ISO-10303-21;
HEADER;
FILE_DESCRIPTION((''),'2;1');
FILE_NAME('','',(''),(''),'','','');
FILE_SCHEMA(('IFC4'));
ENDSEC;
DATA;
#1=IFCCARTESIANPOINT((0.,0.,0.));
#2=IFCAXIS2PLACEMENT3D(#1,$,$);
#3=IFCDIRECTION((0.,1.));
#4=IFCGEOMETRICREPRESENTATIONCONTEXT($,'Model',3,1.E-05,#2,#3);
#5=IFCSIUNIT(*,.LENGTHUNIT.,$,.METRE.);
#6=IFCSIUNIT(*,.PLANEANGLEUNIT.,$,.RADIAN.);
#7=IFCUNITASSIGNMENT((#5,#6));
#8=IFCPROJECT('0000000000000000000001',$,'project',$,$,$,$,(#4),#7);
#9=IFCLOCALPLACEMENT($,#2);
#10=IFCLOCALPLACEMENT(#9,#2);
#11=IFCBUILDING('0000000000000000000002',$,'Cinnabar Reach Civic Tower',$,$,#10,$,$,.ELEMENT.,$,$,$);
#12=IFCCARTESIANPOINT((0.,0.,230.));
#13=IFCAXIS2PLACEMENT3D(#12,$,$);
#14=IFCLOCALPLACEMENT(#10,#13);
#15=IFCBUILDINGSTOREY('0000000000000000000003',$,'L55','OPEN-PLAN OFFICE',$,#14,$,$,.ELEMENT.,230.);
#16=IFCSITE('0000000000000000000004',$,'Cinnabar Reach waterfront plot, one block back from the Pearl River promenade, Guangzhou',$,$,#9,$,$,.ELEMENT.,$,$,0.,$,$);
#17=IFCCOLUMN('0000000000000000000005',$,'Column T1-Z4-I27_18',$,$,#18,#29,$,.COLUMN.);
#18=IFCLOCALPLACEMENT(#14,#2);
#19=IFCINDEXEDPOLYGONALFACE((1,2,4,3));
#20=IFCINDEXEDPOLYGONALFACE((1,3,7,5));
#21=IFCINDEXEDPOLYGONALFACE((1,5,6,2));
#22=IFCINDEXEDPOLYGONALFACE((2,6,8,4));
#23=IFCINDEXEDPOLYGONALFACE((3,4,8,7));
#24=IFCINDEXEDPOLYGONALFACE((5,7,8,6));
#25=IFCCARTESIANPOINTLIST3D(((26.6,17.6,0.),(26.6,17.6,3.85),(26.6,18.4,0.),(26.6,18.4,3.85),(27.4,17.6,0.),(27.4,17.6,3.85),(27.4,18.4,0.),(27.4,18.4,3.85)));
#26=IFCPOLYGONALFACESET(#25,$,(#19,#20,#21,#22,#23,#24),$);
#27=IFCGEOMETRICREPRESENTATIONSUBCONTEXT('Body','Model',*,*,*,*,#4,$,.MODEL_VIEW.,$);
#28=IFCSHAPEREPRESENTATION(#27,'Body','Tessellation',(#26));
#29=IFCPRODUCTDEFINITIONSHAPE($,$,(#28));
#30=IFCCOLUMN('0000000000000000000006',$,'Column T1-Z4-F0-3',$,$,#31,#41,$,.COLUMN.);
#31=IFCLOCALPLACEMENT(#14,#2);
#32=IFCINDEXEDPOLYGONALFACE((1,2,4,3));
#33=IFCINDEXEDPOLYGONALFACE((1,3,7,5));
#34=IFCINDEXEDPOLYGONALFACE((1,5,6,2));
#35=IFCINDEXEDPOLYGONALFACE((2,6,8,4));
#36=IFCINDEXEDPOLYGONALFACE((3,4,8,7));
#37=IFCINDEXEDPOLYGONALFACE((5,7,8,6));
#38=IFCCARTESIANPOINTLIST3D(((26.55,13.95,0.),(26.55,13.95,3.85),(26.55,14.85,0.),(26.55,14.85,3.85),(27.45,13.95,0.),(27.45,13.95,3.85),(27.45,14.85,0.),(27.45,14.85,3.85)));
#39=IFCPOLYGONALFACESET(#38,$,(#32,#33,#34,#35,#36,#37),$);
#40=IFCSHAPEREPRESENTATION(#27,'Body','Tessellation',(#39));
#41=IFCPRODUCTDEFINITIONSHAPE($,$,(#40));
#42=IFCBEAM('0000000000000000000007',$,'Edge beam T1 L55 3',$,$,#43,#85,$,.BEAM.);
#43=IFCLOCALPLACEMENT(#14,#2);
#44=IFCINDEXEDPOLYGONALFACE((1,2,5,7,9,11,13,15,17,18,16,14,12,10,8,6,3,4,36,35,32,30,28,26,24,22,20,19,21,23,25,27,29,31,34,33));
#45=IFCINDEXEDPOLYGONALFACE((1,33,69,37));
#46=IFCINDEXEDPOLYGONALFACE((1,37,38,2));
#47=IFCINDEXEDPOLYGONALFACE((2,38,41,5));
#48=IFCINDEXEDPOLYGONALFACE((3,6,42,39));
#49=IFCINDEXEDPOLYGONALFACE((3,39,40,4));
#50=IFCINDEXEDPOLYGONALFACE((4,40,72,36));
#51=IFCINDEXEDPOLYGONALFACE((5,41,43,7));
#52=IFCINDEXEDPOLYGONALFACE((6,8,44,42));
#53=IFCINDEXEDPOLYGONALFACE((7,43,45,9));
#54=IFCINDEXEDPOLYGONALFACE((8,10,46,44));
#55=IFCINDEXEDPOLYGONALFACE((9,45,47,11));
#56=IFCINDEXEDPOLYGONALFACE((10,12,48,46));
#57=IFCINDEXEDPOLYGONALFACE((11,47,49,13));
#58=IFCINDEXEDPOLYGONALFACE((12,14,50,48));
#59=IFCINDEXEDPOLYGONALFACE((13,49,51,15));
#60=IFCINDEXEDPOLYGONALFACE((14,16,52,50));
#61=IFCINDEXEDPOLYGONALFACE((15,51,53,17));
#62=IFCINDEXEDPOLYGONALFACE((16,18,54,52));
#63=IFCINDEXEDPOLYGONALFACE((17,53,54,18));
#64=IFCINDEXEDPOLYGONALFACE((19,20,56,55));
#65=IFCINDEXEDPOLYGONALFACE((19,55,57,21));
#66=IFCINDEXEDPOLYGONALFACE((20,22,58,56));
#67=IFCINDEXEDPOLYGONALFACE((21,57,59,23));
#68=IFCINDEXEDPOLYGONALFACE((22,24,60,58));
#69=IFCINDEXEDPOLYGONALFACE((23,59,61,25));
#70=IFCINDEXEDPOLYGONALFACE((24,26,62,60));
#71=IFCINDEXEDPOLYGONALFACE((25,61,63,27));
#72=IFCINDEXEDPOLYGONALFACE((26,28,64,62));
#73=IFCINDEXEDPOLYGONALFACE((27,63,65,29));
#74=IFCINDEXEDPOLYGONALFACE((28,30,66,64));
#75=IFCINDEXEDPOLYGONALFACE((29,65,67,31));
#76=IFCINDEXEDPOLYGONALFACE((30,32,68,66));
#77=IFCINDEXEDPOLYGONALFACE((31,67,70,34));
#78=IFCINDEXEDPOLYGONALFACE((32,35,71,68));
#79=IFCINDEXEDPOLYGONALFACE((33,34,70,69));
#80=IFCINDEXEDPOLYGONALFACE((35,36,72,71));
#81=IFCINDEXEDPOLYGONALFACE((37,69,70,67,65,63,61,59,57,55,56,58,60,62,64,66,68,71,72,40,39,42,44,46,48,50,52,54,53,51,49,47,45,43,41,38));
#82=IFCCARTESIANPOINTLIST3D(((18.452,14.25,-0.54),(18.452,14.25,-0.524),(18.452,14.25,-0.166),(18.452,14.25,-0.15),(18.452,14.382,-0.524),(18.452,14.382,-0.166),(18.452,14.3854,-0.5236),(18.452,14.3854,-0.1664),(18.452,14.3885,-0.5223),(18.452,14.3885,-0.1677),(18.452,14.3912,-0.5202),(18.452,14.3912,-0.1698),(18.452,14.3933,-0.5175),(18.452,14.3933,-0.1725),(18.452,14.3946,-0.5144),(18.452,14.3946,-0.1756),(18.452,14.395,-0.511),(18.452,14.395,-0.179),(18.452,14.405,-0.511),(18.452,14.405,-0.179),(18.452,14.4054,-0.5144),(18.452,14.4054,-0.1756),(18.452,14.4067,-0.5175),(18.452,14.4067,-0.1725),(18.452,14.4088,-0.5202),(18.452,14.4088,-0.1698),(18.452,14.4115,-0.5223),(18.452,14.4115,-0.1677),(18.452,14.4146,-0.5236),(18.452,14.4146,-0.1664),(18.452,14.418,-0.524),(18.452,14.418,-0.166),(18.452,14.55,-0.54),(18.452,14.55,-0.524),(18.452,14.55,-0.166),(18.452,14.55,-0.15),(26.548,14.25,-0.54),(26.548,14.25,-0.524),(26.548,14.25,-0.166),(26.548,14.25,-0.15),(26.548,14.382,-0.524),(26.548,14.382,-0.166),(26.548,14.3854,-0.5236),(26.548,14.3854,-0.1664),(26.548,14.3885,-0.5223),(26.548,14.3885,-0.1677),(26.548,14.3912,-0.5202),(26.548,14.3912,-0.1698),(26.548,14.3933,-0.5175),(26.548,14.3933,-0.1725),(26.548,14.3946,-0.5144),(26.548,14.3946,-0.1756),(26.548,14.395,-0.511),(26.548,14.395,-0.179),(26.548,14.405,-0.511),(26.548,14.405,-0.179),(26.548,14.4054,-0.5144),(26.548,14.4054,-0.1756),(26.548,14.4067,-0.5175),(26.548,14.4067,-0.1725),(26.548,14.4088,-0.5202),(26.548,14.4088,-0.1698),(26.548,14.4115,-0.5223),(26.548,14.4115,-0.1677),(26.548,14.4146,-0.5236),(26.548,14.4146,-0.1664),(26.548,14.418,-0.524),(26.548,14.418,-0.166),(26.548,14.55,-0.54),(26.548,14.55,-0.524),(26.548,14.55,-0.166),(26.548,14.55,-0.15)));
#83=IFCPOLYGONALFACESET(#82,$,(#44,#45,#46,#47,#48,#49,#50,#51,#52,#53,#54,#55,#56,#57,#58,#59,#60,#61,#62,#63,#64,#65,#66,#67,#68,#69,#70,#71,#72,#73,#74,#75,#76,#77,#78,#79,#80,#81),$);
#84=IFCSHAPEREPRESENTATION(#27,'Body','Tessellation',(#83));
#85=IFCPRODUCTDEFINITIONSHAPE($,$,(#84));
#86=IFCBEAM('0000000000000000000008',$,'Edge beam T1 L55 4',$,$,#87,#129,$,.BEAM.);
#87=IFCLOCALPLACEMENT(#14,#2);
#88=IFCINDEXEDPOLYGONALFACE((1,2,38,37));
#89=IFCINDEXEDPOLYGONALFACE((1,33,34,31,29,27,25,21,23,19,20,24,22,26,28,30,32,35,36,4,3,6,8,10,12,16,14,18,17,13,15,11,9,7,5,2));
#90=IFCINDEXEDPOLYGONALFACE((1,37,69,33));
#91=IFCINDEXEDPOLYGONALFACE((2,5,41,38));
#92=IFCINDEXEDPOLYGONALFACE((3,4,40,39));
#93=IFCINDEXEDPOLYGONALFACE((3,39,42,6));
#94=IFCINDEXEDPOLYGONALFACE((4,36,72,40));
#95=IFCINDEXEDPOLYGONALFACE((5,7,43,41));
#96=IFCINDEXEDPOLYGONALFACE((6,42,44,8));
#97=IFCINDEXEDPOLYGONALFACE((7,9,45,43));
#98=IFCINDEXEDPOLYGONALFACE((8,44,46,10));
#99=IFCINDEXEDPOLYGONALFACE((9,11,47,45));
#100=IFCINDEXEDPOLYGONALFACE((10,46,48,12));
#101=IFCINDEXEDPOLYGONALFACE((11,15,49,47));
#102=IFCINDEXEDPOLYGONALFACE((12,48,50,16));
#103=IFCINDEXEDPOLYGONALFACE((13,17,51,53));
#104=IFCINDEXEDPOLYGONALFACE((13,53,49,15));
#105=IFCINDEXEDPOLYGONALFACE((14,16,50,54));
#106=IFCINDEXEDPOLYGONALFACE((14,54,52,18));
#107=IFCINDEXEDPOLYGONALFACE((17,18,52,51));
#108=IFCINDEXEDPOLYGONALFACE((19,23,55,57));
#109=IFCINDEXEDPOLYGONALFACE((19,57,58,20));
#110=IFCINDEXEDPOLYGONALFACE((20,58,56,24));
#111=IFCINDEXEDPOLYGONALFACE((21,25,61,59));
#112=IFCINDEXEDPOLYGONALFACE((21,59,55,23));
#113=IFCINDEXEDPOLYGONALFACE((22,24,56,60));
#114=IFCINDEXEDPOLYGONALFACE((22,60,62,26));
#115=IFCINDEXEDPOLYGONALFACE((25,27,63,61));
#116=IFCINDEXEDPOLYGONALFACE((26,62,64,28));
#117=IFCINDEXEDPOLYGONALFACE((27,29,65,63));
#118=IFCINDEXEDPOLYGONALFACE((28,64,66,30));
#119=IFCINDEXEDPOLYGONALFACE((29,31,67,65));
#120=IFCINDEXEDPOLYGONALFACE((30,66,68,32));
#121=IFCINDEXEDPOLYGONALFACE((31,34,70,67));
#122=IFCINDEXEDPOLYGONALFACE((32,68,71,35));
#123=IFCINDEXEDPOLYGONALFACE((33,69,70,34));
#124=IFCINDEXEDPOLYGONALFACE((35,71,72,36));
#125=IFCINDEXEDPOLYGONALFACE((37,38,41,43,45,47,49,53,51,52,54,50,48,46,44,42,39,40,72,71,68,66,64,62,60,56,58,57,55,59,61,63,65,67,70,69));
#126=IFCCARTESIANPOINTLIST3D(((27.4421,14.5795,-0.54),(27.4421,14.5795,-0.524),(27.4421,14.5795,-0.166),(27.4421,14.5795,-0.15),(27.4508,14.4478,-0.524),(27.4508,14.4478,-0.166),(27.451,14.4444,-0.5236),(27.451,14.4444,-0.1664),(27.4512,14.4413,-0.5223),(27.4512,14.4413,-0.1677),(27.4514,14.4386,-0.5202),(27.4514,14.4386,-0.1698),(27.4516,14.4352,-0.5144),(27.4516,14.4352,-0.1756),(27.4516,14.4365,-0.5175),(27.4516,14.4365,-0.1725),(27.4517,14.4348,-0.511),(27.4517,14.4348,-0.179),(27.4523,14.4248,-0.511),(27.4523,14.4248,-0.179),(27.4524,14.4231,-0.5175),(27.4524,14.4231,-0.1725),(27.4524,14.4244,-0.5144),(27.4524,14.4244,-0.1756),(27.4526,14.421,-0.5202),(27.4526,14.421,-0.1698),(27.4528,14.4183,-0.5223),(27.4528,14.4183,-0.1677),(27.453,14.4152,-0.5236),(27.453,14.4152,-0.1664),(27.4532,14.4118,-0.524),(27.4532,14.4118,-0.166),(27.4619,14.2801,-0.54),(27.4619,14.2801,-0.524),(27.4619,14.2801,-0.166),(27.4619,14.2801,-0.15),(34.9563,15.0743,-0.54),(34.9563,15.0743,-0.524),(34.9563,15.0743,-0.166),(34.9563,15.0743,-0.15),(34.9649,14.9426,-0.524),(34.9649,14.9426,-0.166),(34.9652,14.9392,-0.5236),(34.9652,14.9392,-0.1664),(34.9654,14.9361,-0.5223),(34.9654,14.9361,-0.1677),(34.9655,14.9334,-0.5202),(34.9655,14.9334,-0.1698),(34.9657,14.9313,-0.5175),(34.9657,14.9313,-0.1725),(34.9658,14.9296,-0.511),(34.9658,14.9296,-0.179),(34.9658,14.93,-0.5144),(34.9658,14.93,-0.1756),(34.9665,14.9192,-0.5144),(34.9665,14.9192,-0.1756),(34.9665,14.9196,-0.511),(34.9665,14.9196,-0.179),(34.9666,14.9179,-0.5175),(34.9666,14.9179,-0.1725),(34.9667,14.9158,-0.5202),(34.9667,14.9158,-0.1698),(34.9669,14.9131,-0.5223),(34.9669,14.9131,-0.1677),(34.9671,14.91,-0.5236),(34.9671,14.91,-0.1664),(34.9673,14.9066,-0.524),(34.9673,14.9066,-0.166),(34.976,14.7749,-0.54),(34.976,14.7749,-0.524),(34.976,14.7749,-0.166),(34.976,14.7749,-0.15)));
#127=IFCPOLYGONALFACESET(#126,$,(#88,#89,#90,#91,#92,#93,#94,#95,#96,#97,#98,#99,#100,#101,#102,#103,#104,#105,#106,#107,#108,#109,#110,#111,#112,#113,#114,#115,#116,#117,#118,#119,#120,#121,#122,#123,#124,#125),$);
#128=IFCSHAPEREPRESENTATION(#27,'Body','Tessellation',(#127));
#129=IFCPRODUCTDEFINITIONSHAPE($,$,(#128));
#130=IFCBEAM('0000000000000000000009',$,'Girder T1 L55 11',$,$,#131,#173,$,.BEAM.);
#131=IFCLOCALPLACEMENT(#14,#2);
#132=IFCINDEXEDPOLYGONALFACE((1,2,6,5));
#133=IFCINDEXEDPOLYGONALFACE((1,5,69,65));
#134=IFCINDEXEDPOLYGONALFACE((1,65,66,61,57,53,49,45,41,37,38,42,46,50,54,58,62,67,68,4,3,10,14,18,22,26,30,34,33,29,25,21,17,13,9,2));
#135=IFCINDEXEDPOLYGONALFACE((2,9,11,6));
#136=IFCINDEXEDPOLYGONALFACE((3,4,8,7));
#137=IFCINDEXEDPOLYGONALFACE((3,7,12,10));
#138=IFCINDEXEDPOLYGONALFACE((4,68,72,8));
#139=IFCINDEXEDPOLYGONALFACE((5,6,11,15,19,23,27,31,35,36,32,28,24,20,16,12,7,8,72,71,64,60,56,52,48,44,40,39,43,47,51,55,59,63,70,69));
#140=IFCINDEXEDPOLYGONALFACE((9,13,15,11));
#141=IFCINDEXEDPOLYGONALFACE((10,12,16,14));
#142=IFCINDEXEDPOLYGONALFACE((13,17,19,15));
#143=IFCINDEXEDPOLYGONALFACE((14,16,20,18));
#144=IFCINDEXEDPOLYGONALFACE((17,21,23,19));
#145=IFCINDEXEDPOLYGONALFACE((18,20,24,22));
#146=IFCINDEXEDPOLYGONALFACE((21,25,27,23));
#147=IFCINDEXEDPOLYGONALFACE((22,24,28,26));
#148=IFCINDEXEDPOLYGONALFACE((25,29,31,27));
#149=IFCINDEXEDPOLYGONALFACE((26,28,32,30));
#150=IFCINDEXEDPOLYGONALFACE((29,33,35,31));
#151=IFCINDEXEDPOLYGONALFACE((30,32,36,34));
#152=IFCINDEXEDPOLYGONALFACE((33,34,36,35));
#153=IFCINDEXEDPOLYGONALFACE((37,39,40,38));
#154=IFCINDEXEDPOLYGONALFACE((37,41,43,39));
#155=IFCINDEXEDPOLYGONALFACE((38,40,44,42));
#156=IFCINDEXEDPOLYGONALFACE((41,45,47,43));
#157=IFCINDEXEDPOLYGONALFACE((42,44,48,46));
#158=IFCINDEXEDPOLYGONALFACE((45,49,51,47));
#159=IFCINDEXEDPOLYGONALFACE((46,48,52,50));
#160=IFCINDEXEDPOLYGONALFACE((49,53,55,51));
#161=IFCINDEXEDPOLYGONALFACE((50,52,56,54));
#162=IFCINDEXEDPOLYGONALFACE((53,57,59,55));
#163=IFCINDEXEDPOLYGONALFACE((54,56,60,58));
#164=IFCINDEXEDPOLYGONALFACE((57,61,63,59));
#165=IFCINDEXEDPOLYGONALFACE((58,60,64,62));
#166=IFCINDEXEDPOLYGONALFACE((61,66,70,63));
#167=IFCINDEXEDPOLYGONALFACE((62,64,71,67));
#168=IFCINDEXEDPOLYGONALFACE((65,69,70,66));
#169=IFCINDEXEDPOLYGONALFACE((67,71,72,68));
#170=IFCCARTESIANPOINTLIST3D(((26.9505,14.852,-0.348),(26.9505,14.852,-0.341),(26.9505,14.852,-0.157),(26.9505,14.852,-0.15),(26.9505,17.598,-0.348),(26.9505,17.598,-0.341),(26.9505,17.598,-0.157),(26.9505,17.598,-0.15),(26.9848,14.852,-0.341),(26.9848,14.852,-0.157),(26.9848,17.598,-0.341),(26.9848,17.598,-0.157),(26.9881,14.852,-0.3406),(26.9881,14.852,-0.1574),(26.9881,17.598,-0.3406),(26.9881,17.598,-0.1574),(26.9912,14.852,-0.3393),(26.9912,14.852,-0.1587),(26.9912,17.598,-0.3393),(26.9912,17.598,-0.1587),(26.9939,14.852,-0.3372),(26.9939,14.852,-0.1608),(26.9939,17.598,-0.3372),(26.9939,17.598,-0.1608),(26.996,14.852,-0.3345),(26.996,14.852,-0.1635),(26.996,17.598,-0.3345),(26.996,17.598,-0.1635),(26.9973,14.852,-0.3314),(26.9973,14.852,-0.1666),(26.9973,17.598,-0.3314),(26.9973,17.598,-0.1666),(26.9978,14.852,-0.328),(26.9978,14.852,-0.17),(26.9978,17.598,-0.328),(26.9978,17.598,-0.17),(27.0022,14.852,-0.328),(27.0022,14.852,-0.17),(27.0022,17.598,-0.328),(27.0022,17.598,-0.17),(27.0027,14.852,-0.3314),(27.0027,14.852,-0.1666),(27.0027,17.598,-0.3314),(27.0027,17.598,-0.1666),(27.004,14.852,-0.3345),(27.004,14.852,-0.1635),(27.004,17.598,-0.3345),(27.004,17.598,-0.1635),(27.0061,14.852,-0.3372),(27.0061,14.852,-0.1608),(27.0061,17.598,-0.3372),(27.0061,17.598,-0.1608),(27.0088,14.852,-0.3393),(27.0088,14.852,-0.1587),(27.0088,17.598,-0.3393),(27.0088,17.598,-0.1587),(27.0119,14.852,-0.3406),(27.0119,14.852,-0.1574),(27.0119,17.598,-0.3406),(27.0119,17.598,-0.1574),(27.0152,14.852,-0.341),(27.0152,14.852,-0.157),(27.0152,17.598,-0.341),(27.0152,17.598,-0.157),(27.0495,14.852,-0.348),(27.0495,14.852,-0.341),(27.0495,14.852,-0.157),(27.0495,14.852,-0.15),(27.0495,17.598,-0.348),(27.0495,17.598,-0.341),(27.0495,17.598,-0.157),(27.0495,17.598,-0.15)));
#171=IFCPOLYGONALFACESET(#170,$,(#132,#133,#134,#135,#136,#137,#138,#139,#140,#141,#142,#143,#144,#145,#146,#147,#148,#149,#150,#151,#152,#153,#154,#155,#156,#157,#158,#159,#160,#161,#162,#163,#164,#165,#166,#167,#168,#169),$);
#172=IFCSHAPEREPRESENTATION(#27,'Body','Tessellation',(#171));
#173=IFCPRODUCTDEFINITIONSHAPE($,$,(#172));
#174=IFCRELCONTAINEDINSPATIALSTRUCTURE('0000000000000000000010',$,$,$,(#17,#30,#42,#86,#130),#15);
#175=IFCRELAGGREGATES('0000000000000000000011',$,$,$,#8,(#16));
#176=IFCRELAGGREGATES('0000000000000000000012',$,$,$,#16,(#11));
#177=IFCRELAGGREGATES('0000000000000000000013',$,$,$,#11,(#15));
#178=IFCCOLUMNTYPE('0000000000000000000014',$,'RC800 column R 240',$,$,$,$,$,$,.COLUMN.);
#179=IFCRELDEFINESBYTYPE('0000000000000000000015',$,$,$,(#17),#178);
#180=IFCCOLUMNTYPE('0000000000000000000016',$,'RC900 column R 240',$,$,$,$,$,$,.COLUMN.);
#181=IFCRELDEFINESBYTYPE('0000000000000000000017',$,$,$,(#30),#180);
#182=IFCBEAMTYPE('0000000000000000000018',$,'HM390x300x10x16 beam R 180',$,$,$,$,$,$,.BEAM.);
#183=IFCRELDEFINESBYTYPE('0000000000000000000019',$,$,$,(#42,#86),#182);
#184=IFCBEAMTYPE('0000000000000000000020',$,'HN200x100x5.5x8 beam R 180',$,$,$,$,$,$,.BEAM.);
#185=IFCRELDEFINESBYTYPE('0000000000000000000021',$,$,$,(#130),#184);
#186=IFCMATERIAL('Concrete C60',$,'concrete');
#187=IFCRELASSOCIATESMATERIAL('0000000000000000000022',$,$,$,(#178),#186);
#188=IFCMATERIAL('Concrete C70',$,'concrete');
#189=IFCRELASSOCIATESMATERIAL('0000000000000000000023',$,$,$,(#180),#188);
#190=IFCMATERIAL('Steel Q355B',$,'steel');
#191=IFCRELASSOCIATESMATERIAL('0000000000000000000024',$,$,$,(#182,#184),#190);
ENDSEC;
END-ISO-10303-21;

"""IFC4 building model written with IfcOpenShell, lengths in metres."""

from ifc_helpers import new_model, si_unit, direction, frame, origin, origin_2d, place, context, subcontext, project, spatial, rectangle, i_section, extrude, material, material_profile, profile_set, type_object, element, save


model = new_model("IFC4")

# Units and contexts
model_context = context("Model", 3, precision=1e-05, world=origin(), true_north=direction((0.0, 1.0)))
body_context = subcontext(model_context, "Body", "Model", "MODEL_VIEW")
ifc_project = project(units=[si_unit("LENGTHUNIT", "METRE"), si_unit("PLANEANGLEUNIT", "RADIAN")], contexts=[model_context])

# Site, building, storey
site_placement = place(None, origin())
site = spatial("IfcSite", under=ifc_project, at=site_placement, Name="Cinnabar Reach waterfront plot, one block back from the Pearl River promenade, Guangzhou", CompositionType="ELEMENT", RefElevation=0.0)
building_placement = place(site_placement, origin())
building = spatial("IfcBuilding", under=site, at=building_placement, Name="Cinnabar Reach Civic Tower", CompositionType="ELEMENT")
storey_placement = place(building_placement, frame((0.0, 0.0, 230.0)))
storey = spatial("IfcBuildingStorey", under=building, at=storey_placement, Name="L55", Description="OPEN-PLAN OFFICE", CompositionType="ELEMENT", Elevation=230.0)

# Columns
ifc_material_1 = material(Name="Concrete C60", Category="concrete")
ifc_material_profile_1 = material_profile(ifc_material_1, rectangle(XDim=0.8, YDim=0.8, at=origin_2d()), Name="RC800")
ifc_profile_set_1 = profile_set([ifc_material_profile_1], Name="Concrete C60")
column_type_1 = type_object("IfcColumnType", Name="RC800 column R 240", PredefinedType="COLUMN", material=ifc_profile_set_1)
column_1_placement = place(storey_placement, frame((27.0, 18.0, 0.0), z_axis=(0.0, 0.0, 1.0), x_axis=(1.0, 0.0, 0.0)))
element("IfcColumn", 1, at=column_1_placement, inside=storey, type_object=column_type_1, Name="Column T1-Z4-I27_18", PredefinedType="COLUMN", context=body_context, shape_type="SweptSolid", body=[
    extrude(rectangle(XDim=0.8, YDim=0.8, at=origin_2d()), origin(), (0.0, 0.0, 1.0), 3.85),
])
ifc_material_2 = material(Name="Concrete C70", Category="concrete")
ifc_material_profile_2 = material_profile(ifc_material_2, rectangle(XDim=0.9, YDim=0.9, at=origin_2d()), Name="RC900")
ifc_profile_set_2 = profile_set([ifc_material_profile_2], Name="Concrete C70")
column_type_2 = type_object("IfcColumnType", Name="RC900 column R 240", PredefinedType="COLUMN", material=ifc_profile_set_2)
column_2_placement = place(storey_placement, frame((27.0, 14.4, 0.0), z_axis=(0.0, 0.0, 1.0), x_axis=(1.0, 0.0, 0.0)))
element("IfcColumn", 2, at=column_2_placement, inside=storey, type_object=column_type_2, Name="Column T1-Z4-F0-3", PredefinedType="COLUMN", context=body_context, shape_type="SweptSolid", body=[
    extrude(rectangle(XDim=0.9, YDim=0.9, at=origin_2d()), origin(), (0.0, 0.0, 1.0), 3.85),
])

# Beams
ifc_material_3 = material(Name="Steel Q355B", Category="steel")
ifc_material_profile_3 = material_profile(ifc_material_3, i_section(OverallWidth=0.3, OverallDepth=0.39, WebThickness=0.01, FlangeThickness=0.016, FilletRadius=0.013, at=origin_2d()), Name="HM390x300x10x16")
ifc_profile_set_3 = profile_set([ifc_material_profile_3], Name="Steel Q355B")
beam_type_1 = type_object("IfcBeamType", Name="HM390x300x10x16 beam R 180", PredefinedType="BEAM", material=ifc_profile_set_3)
beam_1_placement = place(storey_placement, frame((18.452, 14.4, -0.345), z_axis=(1.0, 0.0, 0.0), x_axis=(0.0, 1.0, 0.0)))
element("IfcBeam", 3, at=beam_1_placement, inside=storey, type_object=beam_type_1, Name="Edge beam T1 L55 3", PredefinedType="BEAM", context=body_context, shape_type="SweptSolid", body=[
    extrude(i_section(OverallWidth=0.3, OverallDepth=0.39, WebThickness=0.01, FlangeThickness=0.016, FilletRadius=0.013, at=origin_2d()), origin(), (0.0, 0.0, 1.0), 8.096),
])
beam_2_placement = place(storey_placement, frame((27.452, 14.4298, -0.345), z_axis=(0.997839, 0.065707, 0.0), x_axis=(-0.065707, 0.997839, 0.0)))
element("IfcBeam", 4, at=beam_2_placement, inside=storey, type_object=beam_type_1, Name="Edge beam T1 L55 4", PredefinedType="BEAM", context=body_context, shape_type="SweptSolid", body=[
    extrude(i_section(OverallWidth=0.3, OverallDepth=0.39, WebThickness=0.01, FlangeThickness=0.016, FilletRadius=0.013, at=origin_2d()), origin(), (0.0, 0.0, 1.0), 7.5304),
])
ifc_material_profile_4 = material_profile(ifc_material_3, i_section(OverallWidth=0.099, OverallDepth=0.198, WebThickness=0.0045, FlangeThickness=0.007, FilletRadius=0.013, at=origin_2d()), Name="HN200x100x5.5x8")
ifc_profile_set_4 = profile_set([ifc_material_profile_4], Name="Steel Q355B")
beam_type_2 = type_object("IfcBeamType", Name="HN200x100x5.5x8 beam R 180", PredefinedType="BEAM", material=ifc_profile_set_4)
beam_3_placement = place(storey_placement, frame((27.0, 14.852, -0.249), z_axis=(0.0, 1.0, 0.0), x_axis=(-1.0, 0.0, 0.0)))
element("IfcBeam", 5, at=beam_3_placement, inside=storey, type_object=beam_type_2, Name="Girder T1 L55 11", PredefinedType="BEAM", context=body_context, shape_type="SweptSolid", body=[
    extrude(i_section(OverallWidth=0.099, OverallDepth=0.198, WebThickness=0.0045, FlangeThickness=0.007, FilletRadius=0.013, at=origin_2d()), origin(), (0.0, 0.0, 1.0), 2.746),
])

save(model, "model.ifc")
